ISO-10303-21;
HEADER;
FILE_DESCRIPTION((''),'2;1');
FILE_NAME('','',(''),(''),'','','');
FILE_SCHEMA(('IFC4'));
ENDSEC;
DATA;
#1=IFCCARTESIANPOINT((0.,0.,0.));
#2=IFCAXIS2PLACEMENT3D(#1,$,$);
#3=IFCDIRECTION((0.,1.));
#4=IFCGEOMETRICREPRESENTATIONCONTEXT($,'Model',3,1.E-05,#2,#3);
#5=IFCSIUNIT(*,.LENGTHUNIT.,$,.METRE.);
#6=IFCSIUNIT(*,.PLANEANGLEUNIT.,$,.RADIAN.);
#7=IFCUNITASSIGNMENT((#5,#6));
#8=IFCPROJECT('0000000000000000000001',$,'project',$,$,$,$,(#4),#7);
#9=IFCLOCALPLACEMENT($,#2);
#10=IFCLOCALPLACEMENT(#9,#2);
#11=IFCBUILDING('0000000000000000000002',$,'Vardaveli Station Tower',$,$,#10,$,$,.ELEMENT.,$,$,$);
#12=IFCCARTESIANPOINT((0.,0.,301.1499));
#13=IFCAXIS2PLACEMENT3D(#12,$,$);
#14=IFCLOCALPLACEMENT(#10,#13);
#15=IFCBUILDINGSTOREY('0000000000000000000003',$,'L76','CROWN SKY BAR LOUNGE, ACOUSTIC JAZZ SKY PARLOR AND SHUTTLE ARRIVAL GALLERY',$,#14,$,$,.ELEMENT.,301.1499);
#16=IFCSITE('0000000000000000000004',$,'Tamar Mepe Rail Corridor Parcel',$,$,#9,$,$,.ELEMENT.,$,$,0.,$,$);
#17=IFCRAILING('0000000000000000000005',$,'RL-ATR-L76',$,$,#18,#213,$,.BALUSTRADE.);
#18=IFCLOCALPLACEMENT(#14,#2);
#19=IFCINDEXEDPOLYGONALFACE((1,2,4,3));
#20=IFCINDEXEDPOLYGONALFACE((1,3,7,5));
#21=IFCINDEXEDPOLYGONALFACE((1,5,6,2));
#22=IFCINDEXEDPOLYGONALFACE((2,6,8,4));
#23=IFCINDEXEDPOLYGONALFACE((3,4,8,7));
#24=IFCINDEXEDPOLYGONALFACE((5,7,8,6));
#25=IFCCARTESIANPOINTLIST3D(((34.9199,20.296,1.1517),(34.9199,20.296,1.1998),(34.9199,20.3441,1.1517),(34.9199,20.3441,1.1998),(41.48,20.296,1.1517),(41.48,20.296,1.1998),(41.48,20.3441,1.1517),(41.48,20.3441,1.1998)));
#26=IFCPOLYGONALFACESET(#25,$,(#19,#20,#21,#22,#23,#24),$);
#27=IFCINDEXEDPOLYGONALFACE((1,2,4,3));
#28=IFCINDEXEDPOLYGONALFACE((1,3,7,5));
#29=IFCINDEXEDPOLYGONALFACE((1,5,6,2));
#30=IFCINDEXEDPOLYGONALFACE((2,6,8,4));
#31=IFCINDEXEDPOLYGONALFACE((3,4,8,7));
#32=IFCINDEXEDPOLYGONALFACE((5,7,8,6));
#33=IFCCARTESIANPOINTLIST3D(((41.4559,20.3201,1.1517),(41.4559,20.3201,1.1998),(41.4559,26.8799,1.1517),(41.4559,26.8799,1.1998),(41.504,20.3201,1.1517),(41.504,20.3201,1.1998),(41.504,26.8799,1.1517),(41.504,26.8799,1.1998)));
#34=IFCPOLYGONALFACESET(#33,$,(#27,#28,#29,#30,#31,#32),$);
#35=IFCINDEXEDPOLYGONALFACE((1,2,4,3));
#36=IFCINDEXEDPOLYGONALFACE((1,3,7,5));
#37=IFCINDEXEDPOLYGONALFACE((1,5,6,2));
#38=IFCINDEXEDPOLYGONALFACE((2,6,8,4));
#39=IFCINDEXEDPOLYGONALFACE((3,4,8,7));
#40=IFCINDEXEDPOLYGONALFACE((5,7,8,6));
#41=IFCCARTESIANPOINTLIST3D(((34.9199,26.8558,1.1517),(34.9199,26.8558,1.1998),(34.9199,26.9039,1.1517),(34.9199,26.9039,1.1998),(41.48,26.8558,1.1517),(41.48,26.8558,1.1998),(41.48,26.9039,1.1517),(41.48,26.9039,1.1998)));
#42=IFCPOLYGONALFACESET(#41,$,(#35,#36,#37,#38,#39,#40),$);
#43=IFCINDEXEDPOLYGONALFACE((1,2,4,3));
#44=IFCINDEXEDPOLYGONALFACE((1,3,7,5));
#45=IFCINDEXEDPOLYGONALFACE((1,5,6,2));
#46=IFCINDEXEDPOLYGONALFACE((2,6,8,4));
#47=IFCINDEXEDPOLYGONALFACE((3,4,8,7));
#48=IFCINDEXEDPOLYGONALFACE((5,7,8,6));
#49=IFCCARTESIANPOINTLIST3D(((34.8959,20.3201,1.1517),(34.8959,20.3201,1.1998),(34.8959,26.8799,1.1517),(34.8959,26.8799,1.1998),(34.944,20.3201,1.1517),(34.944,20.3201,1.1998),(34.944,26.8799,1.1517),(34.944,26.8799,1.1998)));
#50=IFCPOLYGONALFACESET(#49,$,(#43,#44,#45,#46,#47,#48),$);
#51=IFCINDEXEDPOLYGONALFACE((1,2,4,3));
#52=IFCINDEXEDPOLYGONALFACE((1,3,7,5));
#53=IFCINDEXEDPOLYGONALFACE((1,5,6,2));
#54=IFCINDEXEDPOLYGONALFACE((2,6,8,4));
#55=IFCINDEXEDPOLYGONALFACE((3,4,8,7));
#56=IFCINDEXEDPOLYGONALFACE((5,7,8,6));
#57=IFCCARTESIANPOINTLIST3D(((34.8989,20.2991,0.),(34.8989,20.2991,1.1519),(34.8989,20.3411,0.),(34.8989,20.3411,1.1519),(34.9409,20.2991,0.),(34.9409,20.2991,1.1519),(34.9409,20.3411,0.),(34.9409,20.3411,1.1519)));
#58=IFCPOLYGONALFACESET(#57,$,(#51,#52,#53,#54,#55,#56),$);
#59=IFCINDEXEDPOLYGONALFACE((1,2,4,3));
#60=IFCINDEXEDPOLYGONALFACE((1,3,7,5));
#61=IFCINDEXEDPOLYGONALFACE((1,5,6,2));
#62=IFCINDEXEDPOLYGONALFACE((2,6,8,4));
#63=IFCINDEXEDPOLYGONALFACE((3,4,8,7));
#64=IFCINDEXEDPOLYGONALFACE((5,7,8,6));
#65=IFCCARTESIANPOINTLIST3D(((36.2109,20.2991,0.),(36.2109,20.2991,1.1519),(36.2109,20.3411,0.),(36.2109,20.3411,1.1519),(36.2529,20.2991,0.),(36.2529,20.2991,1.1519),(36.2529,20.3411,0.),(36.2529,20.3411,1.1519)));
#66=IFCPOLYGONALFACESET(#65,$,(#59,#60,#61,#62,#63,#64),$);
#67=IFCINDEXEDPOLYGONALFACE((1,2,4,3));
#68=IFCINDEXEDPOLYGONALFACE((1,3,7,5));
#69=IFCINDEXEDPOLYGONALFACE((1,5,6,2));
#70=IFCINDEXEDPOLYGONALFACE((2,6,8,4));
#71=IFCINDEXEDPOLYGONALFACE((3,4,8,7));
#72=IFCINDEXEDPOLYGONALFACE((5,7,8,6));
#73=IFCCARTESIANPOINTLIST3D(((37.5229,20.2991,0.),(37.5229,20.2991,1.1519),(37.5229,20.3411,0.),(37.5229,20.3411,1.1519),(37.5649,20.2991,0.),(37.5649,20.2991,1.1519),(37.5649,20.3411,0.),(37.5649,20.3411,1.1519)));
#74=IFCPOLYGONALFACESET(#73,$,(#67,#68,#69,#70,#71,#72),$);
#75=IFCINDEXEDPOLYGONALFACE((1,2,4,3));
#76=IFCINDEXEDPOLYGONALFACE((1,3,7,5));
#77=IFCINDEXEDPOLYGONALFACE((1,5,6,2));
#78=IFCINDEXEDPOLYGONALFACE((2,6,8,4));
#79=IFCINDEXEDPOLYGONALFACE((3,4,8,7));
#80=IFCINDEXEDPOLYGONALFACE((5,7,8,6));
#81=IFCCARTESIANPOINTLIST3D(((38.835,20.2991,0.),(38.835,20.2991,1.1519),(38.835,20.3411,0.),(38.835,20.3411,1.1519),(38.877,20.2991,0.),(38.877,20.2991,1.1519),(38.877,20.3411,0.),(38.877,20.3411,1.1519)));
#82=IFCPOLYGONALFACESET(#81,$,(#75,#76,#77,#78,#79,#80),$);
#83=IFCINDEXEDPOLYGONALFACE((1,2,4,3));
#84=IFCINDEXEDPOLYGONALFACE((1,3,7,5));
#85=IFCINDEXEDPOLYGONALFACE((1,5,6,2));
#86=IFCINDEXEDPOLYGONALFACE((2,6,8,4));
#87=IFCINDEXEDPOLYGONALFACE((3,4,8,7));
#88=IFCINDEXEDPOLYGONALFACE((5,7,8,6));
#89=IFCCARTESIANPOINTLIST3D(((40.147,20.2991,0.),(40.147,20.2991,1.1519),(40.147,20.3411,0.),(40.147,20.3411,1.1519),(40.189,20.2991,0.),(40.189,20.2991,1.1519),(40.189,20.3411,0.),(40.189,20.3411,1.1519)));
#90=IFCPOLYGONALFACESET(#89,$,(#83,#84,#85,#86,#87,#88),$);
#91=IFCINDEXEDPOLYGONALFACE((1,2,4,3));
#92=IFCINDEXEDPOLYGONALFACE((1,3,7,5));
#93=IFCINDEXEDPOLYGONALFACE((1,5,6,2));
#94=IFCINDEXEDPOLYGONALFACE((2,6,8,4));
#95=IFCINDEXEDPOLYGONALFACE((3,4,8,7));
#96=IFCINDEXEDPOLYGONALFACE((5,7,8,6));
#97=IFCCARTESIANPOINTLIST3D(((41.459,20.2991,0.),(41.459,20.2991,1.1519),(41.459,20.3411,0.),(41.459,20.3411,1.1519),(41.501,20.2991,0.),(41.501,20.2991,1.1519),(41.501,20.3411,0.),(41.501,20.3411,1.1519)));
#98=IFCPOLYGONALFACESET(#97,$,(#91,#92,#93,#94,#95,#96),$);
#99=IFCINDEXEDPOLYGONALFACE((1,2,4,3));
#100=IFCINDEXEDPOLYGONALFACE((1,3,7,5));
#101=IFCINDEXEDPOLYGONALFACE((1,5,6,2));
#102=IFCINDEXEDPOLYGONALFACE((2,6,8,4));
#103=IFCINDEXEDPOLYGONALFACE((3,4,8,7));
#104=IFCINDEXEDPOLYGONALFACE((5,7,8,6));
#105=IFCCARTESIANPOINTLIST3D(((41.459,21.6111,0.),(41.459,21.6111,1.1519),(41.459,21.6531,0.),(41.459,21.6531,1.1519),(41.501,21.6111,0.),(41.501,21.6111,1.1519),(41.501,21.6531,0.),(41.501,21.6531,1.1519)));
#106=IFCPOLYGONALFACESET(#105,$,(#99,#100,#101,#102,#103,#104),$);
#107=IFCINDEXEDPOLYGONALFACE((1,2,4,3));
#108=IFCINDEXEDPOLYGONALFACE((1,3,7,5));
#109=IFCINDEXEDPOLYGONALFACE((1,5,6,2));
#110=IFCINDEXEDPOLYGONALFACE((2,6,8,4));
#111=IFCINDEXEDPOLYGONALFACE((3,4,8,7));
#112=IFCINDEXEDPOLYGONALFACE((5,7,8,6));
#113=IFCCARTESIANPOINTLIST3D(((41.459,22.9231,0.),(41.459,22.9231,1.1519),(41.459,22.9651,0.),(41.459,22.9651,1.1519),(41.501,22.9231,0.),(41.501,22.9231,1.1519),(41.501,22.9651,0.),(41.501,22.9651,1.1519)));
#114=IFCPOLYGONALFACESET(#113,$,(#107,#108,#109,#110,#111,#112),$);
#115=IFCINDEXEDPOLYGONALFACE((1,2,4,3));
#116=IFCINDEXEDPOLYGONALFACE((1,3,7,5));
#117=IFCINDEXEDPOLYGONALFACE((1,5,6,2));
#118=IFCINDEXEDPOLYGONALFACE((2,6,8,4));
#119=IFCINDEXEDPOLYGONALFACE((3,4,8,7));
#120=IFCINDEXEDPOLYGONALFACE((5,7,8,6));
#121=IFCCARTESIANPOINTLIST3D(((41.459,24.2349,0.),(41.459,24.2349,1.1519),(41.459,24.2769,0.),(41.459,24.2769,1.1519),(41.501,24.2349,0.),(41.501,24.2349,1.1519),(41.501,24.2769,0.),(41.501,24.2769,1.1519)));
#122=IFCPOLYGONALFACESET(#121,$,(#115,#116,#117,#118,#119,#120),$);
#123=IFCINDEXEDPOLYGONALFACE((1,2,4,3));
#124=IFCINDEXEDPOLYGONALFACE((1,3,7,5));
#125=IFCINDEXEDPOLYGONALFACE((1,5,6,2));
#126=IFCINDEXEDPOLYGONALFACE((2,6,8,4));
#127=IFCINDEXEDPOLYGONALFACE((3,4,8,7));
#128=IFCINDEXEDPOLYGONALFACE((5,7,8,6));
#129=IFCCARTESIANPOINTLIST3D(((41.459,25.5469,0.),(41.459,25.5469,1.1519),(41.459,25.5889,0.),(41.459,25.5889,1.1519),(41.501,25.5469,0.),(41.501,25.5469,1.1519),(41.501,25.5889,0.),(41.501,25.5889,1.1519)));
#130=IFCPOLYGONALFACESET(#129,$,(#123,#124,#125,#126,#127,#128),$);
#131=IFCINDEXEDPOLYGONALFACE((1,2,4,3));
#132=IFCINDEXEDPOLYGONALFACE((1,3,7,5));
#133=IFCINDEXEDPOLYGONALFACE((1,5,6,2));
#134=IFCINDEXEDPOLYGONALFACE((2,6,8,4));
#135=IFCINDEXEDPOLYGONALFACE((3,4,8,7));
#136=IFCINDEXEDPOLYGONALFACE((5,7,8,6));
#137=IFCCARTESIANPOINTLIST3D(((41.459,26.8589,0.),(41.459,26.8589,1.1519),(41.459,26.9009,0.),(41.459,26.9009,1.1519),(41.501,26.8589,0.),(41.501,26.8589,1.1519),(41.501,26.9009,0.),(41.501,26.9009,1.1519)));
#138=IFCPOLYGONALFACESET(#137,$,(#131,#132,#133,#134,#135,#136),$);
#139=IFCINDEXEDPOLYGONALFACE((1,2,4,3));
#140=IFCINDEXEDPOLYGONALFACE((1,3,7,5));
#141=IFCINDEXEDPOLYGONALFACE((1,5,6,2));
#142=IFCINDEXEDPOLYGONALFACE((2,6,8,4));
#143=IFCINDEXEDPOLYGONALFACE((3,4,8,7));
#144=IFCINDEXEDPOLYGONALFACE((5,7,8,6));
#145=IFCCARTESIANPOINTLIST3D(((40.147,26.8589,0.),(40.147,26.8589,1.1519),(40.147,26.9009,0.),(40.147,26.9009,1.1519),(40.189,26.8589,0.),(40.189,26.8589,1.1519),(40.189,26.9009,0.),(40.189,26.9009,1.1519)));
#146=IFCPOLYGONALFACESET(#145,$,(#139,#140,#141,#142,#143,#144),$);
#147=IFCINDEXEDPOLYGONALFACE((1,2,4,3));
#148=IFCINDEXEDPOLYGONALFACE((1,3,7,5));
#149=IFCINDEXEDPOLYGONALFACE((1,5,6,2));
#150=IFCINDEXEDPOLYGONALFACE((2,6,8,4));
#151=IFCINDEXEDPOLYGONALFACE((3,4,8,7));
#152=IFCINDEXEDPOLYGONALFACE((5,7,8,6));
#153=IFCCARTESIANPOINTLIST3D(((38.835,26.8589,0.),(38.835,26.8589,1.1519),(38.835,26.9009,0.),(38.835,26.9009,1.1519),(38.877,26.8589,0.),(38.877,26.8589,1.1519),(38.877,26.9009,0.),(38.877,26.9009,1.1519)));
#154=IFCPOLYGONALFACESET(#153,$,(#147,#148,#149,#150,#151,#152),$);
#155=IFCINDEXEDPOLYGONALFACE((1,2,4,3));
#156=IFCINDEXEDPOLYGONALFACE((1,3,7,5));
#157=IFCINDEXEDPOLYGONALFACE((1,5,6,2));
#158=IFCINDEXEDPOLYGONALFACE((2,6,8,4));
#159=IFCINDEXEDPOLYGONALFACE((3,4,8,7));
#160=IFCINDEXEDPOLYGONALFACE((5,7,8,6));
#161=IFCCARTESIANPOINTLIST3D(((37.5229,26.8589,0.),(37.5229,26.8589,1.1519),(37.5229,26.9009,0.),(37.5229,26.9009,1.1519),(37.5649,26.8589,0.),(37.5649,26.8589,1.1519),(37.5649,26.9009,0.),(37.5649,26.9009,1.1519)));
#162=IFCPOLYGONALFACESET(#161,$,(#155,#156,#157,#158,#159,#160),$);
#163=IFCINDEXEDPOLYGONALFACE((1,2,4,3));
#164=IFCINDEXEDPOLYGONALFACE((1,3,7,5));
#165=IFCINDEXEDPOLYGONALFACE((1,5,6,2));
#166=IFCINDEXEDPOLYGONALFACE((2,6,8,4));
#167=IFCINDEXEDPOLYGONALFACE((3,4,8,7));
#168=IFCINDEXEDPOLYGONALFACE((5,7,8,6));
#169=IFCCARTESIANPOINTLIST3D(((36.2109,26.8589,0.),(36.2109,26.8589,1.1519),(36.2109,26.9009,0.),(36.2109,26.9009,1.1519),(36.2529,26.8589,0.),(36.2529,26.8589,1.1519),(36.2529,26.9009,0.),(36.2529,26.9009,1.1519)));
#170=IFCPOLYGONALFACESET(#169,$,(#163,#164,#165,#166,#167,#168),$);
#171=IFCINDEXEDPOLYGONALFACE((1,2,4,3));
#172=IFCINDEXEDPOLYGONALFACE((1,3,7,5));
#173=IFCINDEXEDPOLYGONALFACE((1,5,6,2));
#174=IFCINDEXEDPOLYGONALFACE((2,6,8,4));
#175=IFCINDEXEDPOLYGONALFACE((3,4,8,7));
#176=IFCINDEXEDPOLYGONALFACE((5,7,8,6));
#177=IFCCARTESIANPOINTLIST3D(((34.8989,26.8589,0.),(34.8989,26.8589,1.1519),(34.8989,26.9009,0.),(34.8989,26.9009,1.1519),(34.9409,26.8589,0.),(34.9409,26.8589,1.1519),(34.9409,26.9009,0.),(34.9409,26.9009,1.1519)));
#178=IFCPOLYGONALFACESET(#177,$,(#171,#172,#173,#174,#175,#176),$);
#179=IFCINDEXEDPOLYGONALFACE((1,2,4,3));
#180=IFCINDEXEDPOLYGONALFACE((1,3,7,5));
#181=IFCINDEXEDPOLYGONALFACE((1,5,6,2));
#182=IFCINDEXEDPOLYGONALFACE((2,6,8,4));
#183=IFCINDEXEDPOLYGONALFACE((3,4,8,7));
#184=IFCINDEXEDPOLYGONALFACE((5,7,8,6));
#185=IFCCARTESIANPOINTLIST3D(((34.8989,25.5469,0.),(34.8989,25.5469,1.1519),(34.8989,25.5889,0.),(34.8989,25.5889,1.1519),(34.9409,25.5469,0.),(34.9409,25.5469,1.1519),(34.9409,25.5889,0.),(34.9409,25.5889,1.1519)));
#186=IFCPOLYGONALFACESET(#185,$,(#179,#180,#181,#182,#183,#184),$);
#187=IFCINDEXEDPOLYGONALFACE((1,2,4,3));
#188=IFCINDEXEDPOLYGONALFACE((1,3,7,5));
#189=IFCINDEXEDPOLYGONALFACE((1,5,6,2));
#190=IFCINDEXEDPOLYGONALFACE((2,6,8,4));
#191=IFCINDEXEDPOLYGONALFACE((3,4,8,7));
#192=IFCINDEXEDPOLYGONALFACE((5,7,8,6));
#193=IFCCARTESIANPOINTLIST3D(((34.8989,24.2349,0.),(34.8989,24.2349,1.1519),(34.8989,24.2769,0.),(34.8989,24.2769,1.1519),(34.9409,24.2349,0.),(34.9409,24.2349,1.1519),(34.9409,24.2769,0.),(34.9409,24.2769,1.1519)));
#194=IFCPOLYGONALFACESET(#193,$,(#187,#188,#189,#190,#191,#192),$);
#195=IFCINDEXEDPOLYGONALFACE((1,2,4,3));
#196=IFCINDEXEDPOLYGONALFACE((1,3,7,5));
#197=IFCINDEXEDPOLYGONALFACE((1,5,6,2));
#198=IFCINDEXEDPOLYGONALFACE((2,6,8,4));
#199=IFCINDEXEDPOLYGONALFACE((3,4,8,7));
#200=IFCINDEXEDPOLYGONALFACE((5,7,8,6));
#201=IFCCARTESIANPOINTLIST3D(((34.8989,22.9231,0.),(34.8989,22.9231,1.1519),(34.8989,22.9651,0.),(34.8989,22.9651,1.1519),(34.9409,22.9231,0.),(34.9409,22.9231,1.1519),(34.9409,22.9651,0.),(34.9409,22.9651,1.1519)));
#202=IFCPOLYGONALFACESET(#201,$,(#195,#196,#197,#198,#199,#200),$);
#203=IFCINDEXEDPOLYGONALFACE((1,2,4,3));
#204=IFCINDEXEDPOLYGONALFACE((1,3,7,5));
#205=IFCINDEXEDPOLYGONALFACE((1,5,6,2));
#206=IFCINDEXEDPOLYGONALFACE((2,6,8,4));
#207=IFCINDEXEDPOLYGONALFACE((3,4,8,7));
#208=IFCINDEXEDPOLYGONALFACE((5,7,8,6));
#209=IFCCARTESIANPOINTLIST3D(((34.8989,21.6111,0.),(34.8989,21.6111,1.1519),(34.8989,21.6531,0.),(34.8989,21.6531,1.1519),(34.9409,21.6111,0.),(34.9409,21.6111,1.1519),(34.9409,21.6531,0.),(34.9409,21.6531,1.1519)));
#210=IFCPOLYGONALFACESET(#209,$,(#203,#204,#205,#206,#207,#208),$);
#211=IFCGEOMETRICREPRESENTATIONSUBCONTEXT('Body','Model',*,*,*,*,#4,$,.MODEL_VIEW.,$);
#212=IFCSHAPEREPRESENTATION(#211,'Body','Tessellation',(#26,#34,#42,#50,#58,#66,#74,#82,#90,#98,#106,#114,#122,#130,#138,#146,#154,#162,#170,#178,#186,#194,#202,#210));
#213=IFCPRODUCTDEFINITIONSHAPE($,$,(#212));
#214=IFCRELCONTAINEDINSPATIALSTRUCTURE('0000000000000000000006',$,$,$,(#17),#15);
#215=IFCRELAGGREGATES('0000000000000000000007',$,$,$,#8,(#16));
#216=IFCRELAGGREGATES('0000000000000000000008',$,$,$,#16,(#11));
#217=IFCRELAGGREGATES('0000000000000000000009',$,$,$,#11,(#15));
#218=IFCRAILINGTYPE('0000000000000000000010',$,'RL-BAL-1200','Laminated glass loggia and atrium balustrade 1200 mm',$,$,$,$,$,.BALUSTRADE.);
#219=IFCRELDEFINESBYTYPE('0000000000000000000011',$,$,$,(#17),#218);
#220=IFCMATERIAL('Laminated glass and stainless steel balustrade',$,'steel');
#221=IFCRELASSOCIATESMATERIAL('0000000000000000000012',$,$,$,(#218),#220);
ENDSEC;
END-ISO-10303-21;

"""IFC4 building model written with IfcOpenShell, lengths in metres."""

from ifc_helpers import new_model, si_unit, direction, frame, origin, origin_2d, place, context, subcontext, project, spatial, rectangle, extrude, source, transform, mapped, material, type_object, element, save


model = new_model("IFC4")

# Units and contexts
model_context = context("Model", 3, precision=1e-05, world=origin(), true_north=direction((0.0, 1.0)))
body_context = subcontext(model_context, "Body", "Model", "MODEL_VIEW")
ifc_project = project(units=[si_unit("LENGTHUNIT", "METRE"), si_unit("PLANEANGLEUNIT", "RADIAN")], contexts=[model_context])

# Site, building, storey
site_placement = place(None, origin())
site = spatial("IfcSite", under=ifc_project, at=site_placement, Name="Tamar Mepe Rail Corridor Parcel", CompositionType="ELEMENT", RefElevation=0.0)
building_placement = place(site_placement, origin())
building = spatial("IfcBuilding", under=site, at=building_placement, Name="Vardaveli Station Tower", CompositionType="ELEMENT")
storey_placement = place(building_placement, frame((0.0, 0.0, 301.1499)))
storey = spatial("IfcBuildingStorey", under=building, at=storey_placement, Name="L76", Description="CROWN SKY BAR LOUNGE, ACOUSTIC JAZZ SKY PARLOR AND SHUTTLE ARRIVAL GALLERY", CompositionType="ELEMENT", Elevation=301.1499)

# Railing
ifc_material_1 = material(Name="Laminated glass and stainless steel balustrade", Category="steel")
railing_type = type_object("IfcRailingType", Name="RL-BAL-1200", Description="Laminated glass loggia and atrium balustrade 1200 mm", PredefinedType="BALUSTRADE", material=ifc_material_1)
shared_shape_1 = source(origin(), body_context, "Body", "SweptSolid", [
    extrude(rectangle(XDim=0.0481, YDim=0.0481, at=origin_2d()), frame((0.0, 0.0, 1.1758), z_axis=(1.0, 0.0, 0.0), x_axis=(0.0, 1.0, 0.0)), (0.0, 0.0, 1.0), 6.5601),
    extrude(rectangle(XDim=0.0481, YDim=0.0481, at=origin_2d()), frame((6.5601, 0.0, 1.1758), z_axis=(0.0, 1.0, 0.0), x_axis=(-1.0, 0.0, 0.0)), (0.0, 0.0, 1.0), 6.5598),
    extrude(rectangle(XDim=0.0481, YDim=0.0481, at=origin_2d()), frame((6.5601, 6.5598, 1.1758), z_axis=(-1.0, 0.0, 0.0), x_axis=(0.0, -1.0, 0.0)), (0.0, 0.0, 1.0), 6.5601),
    extrude(rectangle(XDim=0.0481, YDim=0.0481, at=origin_2d()), frame((0.0, 6.5598, 1.1758), z_axis=(0.0, -1.0, 0.0), x_axis=(1.0, 0.0, 0.0)), (0.0, 0.0, 1.0), 6.5598),
    extrude(rectangle(XDim=0.042, YDim=0.042, at=origin_2d()), origin(), (0.0, 0.0, 1.0), 1.1519),
    extrude(rectangle(XDim=0.042, YDim=0.042, at=origin_2d()), frame((1.312, 0.0, 0.0)), (0.0, 0.0, 1.0), 1.1519),
    extrude(rectangle(XDim=0.042, YDim=0.042, at=origin_2d()), frame((2.624, 0.0, 0.0)), (0.0, 0.0, 1.0), 1.1519),
    extrude(rectangle(XDim=0.042, YDim=0.042, at=origin_2d()), frame((3.936, 0.0, 0.0)), (0.0, 0.0, 1.0), 1.1519),
    extrude(rectangle(XDim=0.042, YDim=0.042, at=origin_2d()), frame((5.248, 0.0, 0.0)), (0.0, 0.0, 1.0), 1.1519),
    extrude(rectangle(XDim=0.042, YDim=0.042, at=origin_2d()), frame((6.5601, 0.0, 0.0)), (0.0, 0.0, 1.0), 1.1519),
    extrude(rectangle(XDim=0.042, YDim=0.042, at=origin_2d()), frame((6.5601, 1.312, 0.0)), (0.0, 0.0, 1.0), 1.1519),
    extrude(rectangle(XDim=0.042, YDim=0.042, at=origin_2d()), frame((6.5601, 2.624, 0.0)), (0.0, 0.0, 1.0), 1.1519),
    extrude(rectangle(XDim=0.042, YDim=0.042, at=origin_2d()), frame((6.5601, 3.9358, 0.0)), (0.0, 0.0, 1.0), 1.1519),
    extrude(rectangle(XDim=0.042, YDim=0.042, at=origin_2d()), frame((6.5601, 5.2478, 0.0)), (0.0, 0.0, 1.0), 1.1519),
    extrude(rectangle(XDim=0.042, YDim=0.042, at=origin_2d()), frame((6.5601, 6.5598, 0.0)), (0.0, 0.0, 1.0), 1.1519),
    extrude(rectangle(XDim=0.042, YDim=0.042, at=origin_2d()), frame((5.248, 6.5598, 0.0)), (0.0, 0.0, 1.0), 1.1519),
    extrude(rectangle(XDim=0.042, YDim=0.042, at=origin_2d()), frame((3.936, 6.5598, 0.0)), (0.0, 0.0, 1.0), 1.1519),
    extrude(rectangle(XDim=0.042, YDim=0.042, at=origin_2d()), frame((2.624, 6.5598, 0.0)), (0.0, 0.0, 1.0), 1.1519),
    extrude(rectangle(XDim=0.042, YDim=0.042, at=origin_2d()), frame((1.312, 6.5598, 0.0)), (0.0, 0.0, 1.0), 1.1519),
    extrude(rectangle(XDim=0.042, YDim=0.042, at=origin_2d()), frame((0.0, 6.5598, 0.0)), (0.0, 0.0, 1.0), 1.1519),
    extrude(rectangle(XDim=0.042, YDim=0.042, at=origin_2d()), frame((0.0, 5.2478, 0.0)), (0.0, 0.0, 1.0), 1.1519),
    extrude(rectangle(XDim=0.042, YDim=0.042, at=origin_2d()), frame((0.0, 3.9358, 0.0)), (0.0, 0.0, 1.0), 1.1519),
    extrude(rectangle(XDim=0.042, YDim=0.042, at=origin_2d()), frame((0.0, 2.624, 0.0)), (0.0, 0.0, 1.0), 1.1519),
    extrude(rectangle(XDim=0.042, YDim=0.042, at=origin_2d()), frame((0.0, 1.312, 0.0)), (0.0, 0.0, 1.0), 1.1519),
])
railing_placement = place(storey_placement, frame((34.9199, 20.3201, 0.0)))
element("IfcRailing", 1, at=railing_placement, inside=storey, type_object=railing_type, Name="RL-ATR-L76", PredefinedType="BALUSTRADE", context=body_context, shape_type="MappedRepresentation", body=[
    mapped(shared_shape_1, transform((0.0, 0.0, 0.0), scale=1.0)),
])

save(model, "model.ifc")
